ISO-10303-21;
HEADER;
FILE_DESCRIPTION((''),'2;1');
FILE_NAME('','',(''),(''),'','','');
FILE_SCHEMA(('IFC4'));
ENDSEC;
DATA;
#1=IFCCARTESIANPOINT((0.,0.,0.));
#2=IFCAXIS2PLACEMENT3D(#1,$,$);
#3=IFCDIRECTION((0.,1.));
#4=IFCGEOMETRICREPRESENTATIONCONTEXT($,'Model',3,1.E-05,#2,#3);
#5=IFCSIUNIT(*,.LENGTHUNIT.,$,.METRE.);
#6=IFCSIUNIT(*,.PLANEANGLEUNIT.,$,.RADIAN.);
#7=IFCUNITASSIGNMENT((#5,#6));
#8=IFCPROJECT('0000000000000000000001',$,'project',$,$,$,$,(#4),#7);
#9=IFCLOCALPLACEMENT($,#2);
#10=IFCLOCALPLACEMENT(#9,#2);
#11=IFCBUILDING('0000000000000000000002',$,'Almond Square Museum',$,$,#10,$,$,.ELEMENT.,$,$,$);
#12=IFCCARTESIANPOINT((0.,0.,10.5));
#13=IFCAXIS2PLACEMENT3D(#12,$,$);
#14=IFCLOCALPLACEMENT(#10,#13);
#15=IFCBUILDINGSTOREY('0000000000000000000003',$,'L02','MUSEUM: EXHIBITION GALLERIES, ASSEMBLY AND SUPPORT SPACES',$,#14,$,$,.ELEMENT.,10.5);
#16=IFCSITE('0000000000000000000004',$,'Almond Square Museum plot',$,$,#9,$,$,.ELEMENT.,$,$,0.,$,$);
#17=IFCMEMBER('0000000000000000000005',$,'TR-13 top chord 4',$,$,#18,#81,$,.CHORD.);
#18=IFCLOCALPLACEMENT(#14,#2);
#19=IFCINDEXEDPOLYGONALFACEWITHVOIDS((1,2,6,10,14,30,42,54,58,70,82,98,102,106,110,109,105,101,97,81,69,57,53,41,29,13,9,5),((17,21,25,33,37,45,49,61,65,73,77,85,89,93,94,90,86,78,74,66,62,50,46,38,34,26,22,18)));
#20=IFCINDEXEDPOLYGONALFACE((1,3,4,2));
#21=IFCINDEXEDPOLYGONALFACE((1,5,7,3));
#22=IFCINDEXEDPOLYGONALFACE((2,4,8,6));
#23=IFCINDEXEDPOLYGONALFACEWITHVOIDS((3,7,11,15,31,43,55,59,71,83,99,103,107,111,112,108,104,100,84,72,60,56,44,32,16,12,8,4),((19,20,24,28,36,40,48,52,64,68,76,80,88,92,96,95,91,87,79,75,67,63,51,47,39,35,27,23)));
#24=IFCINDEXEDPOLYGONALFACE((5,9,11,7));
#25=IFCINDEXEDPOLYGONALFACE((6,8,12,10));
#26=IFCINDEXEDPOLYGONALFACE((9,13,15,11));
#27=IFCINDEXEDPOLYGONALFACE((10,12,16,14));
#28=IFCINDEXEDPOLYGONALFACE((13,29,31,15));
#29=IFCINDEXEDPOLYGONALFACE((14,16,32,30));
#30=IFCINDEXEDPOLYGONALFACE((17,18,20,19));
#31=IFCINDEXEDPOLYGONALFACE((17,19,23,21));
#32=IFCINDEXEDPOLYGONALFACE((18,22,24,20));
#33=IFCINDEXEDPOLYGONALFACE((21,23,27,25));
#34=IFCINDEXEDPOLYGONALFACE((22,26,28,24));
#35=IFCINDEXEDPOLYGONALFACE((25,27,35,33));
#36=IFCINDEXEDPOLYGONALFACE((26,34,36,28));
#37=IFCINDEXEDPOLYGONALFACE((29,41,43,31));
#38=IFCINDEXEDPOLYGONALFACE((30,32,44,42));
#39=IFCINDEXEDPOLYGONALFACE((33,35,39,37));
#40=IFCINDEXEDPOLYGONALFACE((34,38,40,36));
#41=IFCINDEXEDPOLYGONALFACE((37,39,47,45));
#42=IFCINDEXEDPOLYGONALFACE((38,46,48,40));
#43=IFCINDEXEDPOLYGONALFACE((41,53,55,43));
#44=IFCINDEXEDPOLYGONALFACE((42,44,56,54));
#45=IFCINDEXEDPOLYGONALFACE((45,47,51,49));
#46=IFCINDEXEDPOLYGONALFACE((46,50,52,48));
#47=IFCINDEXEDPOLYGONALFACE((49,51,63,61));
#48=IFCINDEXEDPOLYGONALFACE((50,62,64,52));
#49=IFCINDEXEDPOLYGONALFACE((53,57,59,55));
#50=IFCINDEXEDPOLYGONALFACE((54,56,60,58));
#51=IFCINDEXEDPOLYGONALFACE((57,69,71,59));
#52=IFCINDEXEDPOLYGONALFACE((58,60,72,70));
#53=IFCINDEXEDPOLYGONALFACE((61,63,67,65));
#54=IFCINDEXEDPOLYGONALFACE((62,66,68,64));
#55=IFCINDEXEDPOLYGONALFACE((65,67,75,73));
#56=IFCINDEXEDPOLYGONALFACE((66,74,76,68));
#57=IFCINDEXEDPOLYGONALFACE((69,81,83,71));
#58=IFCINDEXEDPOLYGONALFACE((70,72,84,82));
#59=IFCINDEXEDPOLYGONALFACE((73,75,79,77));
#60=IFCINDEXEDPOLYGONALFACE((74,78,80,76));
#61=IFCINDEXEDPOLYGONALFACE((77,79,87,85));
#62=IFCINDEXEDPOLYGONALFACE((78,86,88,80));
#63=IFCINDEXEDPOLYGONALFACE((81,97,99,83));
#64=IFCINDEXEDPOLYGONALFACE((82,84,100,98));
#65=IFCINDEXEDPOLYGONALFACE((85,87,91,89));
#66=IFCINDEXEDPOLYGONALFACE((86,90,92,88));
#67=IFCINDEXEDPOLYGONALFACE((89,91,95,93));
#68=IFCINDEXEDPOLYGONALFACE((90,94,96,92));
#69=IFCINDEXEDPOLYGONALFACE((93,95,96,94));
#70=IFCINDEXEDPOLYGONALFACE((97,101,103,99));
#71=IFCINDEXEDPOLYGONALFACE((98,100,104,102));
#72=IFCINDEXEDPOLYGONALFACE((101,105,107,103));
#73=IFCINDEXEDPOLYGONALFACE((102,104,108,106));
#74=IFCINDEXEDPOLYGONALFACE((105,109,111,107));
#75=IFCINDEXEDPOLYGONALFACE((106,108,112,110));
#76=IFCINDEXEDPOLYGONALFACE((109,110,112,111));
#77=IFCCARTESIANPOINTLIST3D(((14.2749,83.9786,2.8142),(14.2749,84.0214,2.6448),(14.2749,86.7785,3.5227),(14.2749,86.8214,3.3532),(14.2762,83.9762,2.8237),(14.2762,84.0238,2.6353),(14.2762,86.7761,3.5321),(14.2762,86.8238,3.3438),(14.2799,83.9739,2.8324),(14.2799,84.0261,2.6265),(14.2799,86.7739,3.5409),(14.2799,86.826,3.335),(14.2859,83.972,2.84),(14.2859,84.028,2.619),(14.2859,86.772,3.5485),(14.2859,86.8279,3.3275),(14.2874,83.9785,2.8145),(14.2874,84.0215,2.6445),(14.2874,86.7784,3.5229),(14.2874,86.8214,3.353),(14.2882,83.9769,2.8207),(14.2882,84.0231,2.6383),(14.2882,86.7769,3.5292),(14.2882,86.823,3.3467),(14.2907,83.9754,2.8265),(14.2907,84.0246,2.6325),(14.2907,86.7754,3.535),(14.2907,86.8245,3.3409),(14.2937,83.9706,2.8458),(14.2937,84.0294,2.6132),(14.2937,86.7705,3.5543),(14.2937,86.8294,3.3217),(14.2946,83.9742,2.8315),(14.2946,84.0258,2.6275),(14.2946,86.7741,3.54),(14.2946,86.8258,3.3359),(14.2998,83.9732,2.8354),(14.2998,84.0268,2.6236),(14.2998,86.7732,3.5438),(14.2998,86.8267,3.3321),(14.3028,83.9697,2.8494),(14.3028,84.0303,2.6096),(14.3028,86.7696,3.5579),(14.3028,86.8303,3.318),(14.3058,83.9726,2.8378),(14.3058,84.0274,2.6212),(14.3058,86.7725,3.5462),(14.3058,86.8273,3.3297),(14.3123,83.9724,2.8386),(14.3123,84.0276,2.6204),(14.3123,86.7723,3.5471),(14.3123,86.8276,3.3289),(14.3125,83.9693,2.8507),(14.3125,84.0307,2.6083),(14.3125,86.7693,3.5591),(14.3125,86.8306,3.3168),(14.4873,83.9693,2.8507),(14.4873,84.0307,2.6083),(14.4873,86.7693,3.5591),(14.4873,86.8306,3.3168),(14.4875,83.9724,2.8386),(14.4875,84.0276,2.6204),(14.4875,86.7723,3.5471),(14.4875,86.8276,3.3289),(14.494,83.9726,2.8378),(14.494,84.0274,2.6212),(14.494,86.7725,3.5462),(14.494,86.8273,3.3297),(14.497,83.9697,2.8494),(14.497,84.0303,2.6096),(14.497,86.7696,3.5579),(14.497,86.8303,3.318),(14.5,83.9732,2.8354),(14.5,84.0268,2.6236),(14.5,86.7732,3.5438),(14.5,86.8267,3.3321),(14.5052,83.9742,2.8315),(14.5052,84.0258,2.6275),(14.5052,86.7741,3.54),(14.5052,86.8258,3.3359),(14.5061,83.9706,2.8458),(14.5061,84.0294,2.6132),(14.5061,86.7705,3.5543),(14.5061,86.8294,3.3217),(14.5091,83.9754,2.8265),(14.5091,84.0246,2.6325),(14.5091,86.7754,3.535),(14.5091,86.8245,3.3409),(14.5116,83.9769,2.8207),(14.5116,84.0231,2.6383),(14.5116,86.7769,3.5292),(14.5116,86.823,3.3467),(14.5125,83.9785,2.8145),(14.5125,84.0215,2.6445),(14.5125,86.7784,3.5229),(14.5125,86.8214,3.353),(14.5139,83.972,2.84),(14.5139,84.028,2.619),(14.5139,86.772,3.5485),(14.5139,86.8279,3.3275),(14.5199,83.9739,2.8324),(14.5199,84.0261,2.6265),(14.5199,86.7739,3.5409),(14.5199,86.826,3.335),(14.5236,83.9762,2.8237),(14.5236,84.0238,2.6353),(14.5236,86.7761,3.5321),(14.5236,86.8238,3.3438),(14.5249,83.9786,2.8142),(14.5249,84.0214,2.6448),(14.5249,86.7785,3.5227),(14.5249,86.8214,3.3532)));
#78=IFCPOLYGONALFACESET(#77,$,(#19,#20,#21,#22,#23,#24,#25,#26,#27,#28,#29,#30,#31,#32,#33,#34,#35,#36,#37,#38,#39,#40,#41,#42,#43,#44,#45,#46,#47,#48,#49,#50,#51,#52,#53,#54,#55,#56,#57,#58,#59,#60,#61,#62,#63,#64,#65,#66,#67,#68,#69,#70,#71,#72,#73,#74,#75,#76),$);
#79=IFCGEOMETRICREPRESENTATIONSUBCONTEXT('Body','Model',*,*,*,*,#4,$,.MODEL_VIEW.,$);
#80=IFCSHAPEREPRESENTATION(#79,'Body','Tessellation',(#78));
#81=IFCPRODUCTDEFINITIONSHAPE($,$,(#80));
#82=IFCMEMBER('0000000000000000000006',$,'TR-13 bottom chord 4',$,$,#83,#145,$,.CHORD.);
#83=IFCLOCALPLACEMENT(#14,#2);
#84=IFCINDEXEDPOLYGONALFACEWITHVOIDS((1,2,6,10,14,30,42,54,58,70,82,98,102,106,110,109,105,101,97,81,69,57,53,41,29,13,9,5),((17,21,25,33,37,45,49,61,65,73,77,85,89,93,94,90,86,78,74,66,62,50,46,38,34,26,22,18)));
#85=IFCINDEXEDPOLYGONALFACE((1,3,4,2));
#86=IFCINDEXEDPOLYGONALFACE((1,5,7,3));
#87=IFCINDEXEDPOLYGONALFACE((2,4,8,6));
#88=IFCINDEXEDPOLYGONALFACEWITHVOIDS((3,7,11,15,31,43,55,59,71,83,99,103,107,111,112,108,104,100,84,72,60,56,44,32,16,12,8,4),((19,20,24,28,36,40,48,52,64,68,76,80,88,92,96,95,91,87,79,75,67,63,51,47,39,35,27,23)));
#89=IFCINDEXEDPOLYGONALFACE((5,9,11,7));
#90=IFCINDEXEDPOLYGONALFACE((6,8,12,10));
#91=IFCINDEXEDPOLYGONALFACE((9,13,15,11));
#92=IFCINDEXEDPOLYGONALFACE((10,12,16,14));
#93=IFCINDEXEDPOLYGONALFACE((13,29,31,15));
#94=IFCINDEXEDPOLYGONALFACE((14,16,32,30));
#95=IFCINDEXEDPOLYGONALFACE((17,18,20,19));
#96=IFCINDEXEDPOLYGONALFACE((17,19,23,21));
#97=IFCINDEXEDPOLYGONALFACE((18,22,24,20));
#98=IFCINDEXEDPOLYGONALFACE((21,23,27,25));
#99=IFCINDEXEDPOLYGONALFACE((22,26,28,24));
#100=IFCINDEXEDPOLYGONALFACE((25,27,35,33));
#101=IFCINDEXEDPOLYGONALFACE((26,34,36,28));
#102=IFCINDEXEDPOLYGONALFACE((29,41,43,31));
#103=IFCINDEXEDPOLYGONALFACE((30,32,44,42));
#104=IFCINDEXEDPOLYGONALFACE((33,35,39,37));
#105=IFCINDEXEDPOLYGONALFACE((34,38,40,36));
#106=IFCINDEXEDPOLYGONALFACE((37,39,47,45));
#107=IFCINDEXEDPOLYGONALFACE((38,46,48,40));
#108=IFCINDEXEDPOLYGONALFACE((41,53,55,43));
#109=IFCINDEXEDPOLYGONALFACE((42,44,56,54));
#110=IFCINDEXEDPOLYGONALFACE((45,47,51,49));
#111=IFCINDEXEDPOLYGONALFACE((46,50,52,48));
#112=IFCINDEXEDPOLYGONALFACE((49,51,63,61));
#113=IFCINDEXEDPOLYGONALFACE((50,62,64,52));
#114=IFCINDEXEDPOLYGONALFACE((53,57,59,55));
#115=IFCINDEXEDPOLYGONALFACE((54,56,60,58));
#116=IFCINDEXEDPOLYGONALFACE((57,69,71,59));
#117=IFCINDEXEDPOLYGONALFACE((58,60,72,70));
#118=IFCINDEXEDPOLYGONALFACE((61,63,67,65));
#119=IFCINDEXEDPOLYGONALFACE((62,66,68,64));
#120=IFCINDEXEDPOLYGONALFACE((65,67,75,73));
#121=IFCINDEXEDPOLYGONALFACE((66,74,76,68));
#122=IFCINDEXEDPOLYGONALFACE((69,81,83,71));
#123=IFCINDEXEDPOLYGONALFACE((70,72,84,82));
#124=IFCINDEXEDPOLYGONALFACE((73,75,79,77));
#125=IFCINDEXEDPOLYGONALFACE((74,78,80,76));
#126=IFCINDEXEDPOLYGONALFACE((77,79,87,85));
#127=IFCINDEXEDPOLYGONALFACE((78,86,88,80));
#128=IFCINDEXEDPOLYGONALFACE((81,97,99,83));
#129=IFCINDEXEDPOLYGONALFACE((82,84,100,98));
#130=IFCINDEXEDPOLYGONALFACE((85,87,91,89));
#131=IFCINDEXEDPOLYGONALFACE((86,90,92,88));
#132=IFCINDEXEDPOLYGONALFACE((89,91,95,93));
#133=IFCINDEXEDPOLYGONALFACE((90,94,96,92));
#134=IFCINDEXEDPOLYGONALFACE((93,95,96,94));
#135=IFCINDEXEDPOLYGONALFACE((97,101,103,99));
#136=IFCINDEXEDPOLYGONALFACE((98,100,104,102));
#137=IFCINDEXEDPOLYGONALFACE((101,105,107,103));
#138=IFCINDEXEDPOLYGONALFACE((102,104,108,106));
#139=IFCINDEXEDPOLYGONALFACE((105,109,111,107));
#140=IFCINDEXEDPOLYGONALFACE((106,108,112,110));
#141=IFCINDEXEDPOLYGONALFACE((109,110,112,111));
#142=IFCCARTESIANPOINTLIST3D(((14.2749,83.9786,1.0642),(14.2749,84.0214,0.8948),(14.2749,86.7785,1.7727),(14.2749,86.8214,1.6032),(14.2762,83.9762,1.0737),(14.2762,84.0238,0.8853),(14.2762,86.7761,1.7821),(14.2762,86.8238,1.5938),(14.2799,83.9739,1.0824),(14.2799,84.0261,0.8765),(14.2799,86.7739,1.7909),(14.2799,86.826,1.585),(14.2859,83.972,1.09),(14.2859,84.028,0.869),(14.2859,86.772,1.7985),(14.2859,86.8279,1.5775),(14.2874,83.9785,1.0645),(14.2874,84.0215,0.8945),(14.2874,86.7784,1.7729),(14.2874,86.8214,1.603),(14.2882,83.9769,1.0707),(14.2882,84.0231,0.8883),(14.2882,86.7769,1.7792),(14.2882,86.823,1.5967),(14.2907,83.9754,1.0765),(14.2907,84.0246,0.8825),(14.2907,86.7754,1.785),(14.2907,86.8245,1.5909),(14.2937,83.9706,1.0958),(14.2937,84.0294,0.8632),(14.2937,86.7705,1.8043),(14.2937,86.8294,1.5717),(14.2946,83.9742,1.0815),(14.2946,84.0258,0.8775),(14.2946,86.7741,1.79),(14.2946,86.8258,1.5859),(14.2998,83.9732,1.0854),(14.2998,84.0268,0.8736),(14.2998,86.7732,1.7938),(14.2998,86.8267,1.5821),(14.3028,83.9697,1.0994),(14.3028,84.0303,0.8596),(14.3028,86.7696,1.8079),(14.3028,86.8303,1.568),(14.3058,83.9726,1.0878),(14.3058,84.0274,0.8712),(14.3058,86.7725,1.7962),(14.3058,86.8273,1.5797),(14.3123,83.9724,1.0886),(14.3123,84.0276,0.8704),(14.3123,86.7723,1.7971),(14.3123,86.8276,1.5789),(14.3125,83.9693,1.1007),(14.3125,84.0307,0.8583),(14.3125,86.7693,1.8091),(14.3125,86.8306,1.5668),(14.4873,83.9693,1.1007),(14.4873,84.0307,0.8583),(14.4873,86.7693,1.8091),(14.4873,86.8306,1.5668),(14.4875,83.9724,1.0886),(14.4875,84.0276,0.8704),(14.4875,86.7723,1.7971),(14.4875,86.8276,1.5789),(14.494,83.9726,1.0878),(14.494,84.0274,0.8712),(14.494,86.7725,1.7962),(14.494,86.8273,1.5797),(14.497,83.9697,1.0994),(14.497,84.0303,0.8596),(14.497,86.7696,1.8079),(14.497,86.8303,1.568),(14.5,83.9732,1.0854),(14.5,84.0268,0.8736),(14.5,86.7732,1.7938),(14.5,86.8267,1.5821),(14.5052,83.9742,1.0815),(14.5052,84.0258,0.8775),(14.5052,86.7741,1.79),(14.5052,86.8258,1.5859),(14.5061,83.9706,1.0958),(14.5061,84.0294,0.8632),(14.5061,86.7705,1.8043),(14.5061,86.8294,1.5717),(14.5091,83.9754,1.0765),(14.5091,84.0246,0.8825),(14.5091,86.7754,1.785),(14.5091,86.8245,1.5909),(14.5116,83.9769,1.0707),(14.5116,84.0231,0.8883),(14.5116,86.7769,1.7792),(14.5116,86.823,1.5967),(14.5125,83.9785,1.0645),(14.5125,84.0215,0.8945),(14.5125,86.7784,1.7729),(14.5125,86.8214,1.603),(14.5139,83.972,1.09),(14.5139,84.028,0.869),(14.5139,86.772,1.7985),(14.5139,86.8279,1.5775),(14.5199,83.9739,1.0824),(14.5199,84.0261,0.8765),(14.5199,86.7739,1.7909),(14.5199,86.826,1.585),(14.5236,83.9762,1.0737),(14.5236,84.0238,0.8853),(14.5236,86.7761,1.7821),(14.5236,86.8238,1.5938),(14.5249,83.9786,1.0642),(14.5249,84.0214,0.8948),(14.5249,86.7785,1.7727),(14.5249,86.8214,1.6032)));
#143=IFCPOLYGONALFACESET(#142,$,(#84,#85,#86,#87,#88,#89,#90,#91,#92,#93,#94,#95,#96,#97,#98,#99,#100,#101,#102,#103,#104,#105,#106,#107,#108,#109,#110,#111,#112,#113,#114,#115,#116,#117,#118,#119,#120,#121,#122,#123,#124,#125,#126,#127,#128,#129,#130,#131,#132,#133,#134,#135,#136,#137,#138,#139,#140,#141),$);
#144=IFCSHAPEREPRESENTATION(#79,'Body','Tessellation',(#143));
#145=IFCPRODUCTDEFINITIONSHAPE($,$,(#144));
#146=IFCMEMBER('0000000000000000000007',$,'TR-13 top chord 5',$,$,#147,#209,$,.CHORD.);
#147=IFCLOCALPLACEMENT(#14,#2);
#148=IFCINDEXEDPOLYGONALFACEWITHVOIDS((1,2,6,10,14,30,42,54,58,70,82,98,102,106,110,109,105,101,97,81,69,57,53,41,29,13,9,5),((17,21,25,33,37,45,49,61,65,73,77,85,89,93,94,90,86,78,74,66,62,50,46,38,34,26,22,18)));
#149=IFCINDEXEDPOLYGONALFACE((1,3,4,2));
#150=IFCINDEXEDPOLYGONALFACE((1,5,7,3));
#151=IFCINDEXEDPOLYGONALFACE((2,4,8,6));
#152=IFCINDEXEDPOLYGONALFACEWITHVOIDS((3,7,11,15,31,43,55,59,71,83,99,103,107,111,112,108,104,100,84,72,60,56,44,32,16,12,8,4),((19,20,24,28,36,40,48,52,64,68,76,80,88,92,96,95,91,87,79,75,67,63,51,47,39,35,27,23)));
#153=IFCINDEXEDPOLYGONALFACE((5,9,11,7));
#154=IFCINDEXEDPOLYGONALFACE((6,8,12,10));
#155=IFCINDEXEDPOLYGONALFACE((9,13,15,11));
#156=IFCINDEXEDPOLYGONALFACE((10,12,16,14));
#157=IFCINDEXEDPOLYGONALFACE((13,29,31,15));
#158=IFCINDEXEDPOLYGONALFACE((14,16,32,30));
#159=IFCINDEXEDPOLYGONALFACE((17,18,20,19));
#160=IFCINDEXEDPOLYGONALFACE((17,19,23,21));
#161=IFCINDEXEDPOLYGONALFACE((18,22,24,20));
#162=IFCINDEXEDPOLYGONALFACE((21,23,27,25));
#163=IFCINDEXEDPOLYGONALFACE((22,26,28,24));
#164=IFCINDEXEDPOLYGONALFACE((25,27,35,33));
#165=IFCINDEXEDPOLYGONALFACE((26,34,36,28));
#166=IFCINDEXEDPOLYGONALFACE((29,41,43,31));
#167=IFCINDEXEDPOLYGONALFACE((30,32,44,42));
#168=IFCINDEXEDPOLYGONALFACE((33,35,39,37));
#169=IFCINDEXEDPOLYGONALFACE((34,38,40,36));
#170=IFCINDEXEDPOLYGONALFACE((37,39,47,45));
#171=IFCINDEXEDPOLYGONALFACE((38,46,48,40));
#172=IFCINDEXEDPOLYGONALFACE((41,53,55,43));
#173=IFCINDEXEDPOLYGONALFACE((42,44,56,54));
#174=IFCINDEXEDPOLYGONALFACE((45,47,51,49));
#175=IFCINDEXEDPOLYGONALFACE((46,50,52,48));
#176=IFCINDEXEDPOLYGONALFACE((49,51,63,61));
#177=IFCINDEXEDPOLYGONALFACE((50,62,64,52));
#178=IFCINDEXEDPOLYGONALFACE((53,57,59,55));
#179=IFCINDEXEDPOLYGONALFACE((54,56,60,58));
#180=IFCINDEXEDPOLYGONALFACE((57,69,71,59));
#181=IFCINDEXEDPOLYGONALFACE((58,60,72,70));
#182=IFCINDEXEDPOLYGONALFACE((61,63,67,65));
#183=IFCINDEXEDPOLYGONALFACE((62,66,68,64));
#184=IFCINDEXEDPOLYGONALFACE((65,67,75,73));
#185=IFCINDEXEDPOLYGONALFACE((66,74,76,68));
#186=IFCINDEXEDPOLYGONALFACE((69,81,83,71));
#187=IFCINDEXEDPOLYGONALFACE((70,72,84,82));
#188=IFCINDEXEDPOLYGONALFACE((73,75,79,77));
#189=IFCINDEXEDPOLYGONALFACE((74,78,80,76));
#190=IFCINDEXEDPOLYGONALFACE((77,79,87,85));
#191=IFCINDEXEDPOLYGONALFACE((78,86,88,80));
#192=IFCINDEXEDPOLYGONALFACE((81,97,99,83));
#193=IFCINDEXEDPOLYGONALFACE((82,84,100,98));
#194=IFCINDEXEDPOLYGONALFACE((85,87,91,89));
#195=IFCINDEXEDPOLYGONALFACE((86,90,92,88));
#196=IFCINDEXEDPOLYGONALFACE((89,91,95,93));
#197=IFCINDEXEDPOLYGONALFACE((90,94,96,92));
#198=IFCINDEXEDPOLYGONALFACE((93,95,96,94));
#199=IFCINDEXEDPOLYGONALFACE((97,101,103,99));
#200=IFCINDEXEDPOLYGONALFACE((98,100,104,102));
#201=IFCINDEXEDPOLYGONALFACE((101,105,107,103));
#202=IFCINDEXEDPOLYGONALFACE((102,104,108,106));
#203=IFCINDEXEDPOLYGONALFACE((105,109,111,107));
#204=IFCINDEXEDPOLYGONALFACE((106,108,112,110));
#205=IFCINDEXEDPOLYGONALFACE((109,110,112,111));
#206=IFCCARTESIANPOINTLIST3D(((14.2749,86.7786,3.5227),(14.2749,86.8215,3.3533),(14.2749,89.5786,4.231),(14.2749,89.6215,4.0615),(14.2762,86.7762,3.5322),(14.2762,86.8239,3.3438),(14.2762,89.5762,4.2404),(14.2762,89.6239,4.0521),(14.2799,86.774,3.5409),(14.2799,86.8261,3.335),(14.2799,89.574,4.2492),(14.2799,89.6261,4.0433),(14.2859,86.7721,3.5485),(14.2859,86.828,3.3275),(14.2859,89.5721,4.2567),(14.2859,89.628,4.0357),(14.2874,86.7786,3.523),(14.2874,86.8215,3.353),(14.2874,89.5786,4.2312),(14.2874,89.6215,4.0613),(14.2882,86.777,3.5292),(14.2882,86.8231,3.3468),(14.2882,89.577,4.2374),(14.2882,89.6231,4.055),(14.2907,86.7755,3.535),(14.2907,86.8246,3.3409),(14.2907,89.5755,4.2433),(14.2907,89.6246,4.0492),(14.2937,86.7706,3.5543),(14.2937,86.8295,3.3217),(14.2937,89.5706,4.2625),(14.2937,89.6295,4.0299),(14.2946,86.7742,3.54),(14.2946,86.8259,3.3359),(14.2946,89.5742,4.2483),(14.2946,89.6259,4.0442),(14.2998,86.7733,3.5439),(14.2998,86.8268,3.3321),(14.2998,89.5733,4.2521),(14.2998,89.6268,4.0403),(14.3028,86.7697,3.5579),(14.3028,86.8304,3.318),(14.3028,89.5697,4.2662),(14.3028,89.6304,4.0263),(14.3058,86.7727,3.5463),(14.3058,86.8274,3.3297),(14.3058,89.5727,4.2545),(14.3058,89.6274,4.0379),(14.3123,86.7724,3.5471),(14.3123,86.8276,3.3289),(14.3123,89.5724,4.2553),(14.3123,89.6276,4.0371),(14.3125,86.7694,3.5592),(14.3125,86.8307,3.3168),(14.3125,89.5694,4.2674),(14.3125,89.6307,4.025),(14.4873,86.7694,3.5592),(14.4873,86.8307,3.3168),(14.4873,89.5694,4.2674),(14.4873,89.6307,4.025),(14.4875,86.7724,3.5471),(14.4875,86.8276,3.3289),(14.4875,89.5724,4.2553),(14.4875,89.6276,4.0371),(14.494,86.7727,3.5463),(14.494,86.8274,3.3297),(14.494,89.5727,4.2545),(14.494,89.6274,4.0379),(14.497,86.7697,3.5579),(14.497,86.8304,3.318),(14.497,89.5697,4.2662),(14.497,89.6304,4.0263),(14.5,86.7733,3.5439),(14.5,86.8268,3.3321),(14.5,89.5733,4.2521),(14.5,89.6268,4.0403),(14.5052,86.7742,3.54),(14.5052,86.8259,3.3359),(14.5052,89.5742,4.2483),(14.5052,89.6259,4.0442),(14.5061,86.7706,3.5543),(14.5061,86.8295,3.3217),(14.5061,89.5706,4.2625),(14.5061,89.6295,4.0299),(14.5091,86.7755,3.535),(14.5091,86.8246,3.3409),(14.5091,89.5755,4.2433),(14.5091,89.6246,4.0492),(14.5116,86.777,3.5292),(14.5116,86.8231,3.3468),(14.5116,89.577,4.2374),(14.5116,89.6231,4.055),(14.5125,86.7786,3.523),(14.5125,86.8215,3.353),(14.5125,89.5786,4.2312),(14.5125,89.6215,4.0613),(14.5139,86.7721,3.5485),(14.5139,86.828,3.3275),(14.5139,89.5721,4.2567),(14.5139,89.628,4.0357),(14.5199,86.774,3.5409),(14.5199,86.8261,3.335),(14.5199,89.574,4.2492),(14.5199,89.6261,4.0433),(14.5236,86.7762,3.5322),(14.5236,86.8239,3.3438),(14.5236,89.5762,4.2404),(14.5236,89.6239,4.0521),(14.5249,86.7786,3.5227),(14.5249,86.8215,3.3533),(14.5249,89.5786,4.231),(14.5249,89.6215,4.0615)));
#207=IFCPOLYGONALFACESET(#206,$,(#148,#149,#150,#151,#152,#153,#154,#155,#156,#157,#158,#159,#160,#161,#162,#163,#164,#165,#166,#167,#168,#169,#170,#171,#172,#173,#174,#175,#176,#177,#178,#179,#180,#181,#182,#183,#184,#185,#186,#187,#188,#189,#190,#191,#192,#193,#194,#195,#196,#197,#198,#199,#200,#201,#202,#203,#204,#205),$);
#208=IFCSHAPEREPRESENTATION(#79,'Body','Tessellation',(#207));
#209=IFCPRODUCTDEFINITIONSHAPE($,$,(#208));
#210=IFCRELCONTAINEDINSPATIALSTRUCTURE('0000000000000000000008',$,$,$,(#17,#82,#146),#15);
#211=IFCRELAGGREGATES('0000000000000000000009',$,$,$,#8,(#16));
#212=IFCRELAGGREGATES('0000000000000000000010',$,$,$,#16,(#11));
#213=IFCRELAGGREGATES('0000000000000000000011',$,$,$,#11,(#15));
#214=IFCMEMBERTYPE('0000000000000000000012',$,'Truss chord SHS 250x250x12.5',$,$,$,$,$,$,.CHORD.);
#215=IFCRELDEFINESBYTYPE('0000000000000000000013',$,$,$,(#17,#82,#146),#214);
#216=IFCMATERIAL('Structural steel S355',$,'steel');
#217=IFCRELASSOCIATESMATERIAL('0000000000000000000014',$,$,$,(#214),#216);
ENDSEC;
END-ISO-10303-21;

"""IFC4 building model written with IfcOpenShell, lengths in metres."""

from ifc_helpers import new_model, si_unit, direction, frame, origin, origin_2d, place, context, subcontext, project, spatial, hollow_rectangle, extrude, material, material_profile, profile_set, type_object, element, save


model = new_model("IFC4")

# Units and contexts
model_context = context("Model", 3, precision=1e-05, world=origin(), true_north=direction((0.0, 1.0)))
body_context = subcontext(model_context, "Body", "Model", "MODEL_VIEW")
ifc_project = project(units=[si_unit("LENGTHUNIT", "METRE"), si_unit("PLANEANGLEUNIT", "RADIAN")], contexts=[model_context])

# Site, building, storey
site_placement = place(None, origin())
site = spatial("IfcSite", under=ifc_project, at=site_placement, Name="Almond Square Museum plot", CompositionType="ELEMENT", RefElevation=0.0)
building_placement = place(site_placement, origin())
building = spatial("IfcBuilding", under=site, at=building_placement, Name="Almond Square Museum", CompositionType="ELEMENT")
storey_placement = place(building_placement, frame((0.0, 0.0, 10.5)))
storey = spatial("IfcBuildingStorey", under=building, at=storey_placement, Name="L02", Description="MUSEUM: EXHIBITION GALLERIES, ASSEMBLY AND SUPPORT SPACES", CompositionType="ELEMENT", Elevation=10.5)

# Members
ifc_material_1 = material(Name="Structural steel S355", Category="steel")
ifc_material_profile_1 = material_profile(ifc_material_1, hollow_rectangle(XDim=0.25, YDim=0.25, WallThickness=0.0125, InnerFilletRadius=0.0249, OuterFilletRadius=0.0376, at=origin_2d()))
ifc_profile_set_1 = profile_set([ifc_material_profile_1], Name="Structural steel S355")
member_type_1 = type_object("IfcMemberType", Name="Truss chord SHS 250x250x12.5", PredefinedType="CHORD", material=ifc_profile_set_1)
for number, where, z_axis, x_axis, name in (
    (1, (14.3999, 84.0, 2.7295), (0.0, 0.969447, 0.245299), (-1.0, 0.0, 0.0), "TR-13 top chord 4"),
    (2, (14.3999, 84.0, 0.9795), (0.0, 0.969447, 0.245299), (-1.0, 0.0, 0.0), "TR-13 bottom chord 4"),
    (3, (14.3999, 86.8, 3.438), (0.0, 0.969468, 0.24522), (-1.0, 0.0, 0.0), "TR-13 top chord 5"),
):
    element("IfcMember", number, at=place(storey_placement, frame(where, z_axis=z_axis, x_axis=x_axis)), inside=storey, type_object=member_type_1, Name=name, PredefinedType="CHORD", context=body_context, shape_type="SweptSolid", body=[
        extrude(hollow_rectangle(XDim=0.25, YDim=0.25, WallThickness=0.0125, InnerFilletRadius=0.0249, OuterFilletRadius=0.0376, at=origin_2d()), origin(), (0.0, 0.0, 1.0), 2.8882),
    ])

save(model, "model.ifc")
